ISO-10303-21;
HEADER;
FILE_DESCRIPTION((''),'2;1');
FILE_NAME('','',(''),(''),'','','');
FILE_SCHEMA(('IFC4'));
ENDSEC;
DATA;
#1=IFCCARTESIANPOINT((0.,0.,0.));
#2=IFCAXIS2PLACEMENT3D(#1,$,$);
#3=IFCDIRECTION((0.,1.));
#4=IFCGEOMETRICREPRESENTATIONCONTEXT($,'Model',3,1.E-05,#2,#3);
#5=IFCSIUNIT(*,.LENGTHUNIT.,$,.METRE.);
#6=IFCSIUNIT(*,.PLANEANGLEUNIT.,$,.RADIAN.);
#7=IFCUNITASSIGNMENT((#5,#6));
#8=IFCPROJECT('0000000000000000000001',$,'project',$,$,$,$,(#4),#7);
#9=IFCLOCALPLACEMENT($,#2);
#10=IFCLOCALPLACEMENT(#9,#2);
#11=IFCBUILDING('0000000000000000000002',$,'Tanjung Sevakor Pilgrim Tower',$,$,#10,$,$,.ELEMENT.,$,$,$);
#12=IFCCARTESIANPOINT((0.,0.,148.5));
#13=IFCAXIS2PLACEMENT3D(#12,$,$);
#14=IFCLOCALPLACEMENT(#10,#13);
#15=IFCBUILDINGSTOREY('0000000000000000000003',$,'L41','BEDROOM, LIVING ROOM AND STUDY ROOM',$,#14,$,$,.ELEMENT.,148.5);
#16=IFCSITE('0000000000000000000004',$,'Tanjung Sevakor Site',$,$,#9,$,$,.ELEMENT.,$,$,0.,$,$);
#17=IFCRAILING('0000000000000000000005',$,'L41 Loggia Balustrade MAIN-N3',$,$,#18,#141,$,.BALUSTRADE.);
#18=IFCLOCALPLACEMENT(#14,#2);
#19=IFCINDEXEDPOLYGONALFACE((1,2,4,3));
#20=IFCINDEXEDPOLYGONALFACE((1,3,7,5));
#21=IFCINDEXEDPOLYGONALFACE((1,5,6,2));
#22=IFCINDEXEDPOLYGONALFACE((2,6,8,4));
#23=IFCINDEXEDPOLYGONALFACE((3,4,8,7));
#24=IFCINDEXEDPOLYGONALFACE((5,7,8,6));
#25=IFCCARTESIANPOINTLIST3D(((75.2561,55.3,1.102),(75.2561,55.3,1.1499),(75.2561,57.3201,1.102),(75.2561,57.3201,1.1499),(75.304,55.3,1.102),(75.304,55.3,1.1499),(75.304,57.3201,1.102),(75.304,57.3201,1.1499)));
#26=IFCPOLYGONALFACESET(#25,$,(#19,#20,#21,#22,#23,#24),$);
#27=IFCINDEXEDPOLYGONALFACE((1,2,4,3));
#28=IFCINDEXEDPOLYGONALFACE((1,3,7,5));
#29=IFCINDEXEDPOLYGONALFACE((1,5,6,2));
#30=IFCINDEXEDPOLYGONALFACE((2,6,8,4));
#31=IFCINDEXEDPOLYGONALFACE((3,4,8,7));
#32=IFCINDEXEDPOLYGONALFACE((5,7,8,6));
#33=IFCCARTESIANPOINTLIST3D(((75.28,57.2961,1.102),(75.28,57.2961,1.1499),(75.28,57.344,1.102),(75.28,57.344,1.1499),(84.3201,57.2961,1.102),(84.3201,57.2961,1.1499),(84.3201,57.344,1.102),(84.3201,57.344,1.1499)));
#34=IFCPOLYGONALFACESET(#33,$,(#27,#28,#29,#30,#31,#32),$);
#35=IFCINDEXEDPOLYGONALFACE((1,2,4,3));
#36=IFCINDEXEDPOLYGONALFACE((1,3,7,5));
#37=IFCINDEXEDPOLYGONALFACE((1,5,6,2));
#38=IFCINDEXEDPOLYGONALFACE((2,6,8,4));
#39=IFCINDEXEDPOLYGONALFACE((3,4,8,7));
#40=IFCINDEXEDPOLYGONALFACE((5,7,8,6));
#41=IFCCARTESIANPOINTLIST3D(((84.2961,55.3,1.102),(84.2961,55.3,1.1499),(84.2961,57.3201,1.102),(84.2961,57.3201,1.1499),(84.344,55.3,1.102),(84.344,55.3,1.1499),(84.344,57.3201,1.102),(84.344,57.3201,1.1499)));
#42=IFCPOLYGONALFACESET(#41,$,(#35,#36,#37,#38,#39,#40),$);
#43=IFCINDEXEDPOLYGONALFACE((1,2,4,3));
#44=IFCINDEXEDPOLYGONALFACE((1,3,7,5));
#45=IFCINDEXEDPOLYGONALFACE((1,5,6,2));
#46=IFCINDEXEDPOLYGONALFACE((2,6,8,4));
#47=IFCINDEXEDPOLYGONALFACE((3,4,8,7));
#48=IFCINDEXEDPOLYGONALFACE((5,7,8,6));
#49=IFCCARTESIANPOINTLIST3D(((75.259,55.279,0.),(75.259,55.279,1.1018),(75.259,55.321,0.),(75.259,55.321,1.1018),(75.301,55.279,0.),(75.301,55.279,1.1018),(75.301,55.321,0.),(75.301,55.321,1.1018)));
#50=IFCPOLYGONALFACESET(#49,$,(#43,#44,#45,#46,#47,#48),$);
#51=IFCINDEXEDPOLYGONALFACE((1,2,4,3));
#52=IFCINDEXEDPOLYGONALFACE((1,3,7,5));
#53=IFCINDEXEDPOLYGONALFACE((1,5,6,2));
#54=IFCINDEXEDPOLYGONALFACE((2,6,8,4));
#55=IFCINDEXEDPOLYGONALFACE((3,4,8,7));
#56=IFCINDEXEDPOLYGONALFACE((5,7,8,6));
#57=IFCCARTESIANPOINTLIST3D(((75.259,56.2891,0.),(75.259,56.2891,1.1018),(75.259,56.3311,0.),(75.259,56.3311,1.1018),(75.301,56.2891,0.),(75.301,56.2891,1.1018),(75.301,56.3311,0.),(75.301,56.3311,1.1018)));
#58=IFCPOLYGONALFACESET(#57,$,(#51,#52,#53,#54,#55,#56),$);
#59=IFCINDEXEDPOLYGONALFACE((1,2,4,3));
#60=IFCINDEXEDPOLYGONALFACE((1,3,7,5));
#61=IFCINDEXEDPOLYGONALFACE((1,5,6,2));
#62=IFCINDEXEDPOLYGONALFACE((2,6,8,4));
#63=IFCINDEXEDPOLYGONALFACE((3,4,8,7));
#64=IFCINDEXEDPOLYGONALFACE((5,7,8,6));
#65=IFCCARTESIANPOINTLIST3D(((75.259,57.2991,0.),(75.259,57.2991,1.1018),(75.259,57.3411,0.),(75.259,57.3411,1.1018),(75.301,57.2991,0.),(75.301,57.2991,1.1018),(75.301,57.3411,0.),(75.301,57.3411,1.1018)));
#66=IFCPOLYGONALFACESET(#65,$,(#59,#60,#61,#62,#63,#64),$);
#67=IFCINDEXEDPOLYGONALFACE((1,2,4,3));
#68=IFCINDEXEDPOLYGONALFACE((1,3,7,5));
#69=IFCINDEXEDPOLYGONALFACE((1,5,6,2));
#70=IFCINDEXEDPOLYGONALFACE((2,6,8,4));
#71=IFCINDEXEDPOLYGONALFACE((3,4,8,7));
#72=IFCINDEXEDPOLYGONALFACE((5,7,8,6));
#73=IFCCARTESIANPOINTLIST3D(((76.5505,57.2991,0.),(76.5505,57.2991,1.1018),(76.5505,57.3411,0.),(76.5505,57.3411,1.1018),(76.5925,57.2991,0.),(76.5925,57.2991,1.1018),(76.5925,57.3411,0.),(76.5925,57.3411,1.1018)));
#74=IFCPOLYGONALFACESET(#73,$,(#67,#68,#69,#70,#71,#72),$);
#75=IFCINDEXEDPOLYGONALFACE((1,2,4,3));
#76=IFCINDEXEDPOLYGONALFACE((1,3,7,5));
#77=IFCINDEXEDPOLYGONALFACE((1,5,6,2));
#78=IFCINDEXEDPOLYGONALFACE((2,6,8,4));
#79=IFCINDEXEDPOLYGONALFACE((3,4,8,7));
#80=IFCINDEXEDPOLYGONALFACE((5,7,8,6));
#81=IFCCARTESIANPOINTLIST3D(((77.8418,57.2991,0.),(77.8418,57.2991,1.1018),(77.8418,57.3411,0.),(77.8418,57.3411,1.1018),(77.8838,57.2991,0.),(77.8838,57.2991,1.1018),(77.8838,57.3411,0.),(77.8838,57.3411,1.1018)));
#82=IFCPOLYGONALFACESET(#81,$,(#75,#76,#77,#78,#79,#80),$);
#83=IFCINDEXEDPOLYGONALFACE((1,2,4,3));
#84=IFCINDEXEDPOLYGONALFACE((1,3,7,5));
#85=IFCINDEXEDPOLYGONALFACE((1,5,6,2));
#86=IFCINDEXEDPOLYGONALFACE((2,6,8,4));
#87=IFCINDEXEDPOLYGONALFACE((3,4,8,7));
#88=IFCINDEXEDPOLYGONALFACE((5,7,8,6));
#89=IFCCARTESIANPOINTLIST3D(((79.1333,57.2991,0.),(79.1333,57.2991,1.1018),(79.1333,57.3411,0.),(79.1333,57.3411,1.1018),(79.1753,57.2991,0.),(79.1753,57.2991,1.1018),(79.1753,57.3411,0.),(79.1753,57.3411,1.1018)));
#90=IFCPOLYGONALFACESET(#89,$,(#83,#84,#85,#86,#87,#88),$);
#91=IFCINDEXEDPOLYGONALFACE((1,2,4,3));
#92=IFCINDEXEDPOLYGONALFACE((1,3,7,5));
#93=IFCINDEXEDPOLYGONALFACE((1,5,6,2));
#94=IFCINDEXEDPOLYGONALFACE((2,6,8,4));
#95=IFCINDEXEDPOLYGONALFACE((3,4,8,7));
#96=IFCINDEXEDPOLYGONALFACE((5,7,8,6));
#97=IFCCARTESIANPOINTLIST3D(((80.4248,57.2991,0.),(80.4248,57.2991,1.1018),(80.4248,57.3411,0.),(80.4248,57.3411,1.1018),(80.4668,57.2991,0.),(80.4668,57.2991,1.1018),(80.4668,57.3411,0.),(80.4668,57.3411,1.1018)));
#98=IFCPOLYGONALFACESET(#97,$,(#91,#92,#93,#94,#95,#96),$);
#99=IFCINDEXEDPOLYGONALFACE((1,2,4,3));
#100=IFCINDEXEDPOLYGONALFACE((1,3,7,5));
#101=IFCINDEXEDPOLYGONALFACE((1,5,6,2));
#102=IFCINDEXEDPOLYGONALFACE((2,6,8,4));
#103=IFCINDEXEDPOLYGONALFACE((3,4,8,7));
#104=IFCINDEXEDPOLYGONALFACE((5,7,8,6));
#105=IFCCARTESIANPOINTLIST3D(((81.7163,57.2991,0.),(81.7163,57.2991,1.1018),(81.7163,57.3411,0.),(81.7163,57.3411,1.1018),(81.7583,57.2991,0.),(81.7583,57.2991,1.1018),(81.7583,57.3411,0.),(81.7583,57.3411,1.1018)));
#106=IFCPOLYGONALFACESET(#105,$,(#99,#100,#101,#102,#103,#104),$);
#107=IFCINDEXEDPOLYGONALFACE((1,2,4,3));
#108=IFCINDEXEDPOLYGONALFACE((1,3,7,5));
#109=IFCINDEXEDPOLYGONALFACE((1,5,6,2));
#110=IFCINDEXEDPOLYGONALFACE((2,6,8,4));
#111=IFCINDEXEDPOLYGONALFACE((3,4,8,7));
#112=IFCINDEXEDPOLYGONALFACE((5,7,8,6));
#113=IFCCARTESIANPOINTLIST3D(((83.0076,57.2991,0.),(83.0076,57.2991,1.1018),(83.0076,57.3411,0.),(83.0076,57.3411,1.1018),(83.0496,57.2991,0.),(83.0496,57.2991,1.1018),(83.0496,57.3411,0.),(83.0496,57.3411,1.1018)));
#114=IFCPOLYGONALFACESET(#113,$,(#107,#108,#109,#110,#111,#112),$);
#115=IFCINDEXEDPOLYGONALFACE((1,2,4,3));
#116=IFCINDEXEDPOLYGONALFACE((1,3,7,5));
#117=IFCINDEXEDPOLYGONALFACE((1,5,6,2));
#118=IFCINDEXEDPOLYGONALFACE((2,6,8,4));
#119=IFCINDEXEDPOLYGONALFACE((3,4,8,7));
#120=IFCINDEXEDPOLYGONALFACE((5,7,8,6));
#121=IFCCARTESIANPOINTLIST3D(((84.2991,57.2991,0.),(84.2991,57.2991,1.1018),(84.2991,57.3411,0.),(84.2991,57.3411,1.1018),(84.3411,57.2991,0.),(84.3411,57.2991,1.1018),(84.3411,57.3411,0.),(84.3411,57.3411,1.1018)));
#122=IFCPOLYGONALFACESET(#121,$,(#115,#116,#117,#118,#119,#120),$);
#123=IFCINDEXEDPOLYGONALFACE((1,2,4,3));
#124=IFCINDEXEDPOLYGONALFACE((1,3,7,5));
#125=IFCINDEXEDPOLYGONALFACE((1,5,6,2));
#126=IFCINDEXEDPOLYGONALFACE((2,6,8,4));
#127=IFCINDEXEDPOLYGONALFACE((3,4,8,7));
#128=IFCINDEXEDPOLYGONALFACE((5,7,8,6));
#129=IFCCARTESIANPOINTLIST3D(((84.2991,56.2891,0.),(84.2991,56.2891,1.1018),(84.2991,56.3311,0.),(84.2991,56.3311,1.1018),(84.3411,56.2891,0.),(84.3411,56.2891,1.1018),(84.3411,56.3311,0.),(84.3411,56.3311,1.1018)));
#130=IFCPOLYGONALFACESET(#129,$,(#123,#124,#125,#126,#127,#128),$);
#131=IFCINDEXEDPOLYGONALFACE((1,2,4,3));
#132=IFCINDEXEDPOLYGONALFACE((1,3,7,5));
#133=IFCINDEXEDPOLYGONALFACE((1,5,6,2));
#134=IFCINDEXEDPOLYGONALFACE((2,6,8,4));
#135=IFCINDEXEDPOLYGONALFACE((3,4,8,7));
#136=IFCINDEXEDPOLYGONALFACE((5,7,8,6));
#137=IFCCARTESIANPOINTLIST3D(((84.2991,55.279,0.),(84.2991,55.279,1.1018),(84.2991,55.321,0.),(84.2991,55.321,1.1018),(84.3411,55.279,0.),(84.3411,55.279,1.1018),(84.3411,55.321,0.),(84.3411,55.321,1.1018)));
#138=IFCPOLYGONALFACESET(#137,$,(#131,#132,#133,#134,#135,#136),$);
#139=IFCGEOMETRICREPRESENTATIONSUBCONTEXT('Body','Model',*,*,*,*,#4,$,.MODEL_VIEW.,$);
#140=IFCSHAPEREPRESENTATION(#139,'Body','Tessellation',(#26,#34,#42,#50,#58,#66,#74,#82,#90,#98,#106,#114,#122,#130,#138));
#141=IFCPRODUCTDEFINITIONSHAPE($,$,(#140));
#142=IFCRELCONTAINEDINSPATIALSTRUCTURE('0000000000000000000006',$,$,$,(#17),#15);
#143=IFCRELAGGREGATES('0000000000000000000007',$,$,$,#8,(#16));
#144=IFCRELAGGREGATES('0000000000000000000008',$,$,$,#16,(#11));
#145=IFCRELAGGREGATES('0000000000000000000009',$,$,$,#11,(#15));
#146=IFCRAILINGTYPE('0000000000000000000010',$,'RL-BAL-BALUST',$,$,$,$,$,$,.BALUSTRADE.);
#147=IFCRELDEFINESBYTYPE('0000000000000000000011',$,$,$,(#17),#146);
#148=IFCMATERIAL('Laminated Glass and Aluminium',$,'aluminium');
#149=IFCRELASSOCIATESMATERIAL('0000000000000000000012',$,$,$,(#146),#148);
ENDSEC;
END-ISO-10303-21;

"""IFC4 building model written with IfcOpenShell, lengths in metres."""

from ifc_helpers import new_model, si_unit, direction, frame, origin, place, context, subcontext, project, spatial, rectangle, extrude, material, type_object, element, save


model = new_model("IFC4")

# Units and contexts
model_context = context("Model", 3, precision=1e-05, world=origin(), true_north=direction((0.0, 1.0)))
body_context = subcontext(model_context, "Body", "Model", "MODEL_VIEW")
ifc_project = project(units=[si_unit("LENGTHUNIT", "METRE"), si_unit("PLANEANGLEUNIT", "RADIAN")], contexts=[model_context])

# Site, building, storey
site_placement = place(None, origin())
site = spatial("IfcSite", under=ifc_project, at=site_placement, Name="Tanjung Sevakor Site", CompositionType="ELEMENT", RefElevation=0.0)
building_placement = place(site_placement, origin())
building = spatial("IfcBuilding", under=site, at=building_placement, Name="Tanjung Sevakor Pilgrim Tower", CompositionType="ELEMENT")
storey_placement = place(building_placement, frame((0.0, 0.0, 148.5)))
storey = spatial("IfcBuildingStorey", under=building, at=storey_placement, Name="L41", Description="BEDROOM, LIVING ROOM AND STUDY ROOM", CompositionType="ELEMENT", Elevation=148.5)

# Railing
ifc_material_1 = material(Name="Laminated Glass and Aluminium", Category="aluminium")
railing_type = type_object("IfcRailingType", Name="RL-BAL-BALUST", PredefinedType="BALUSTRADE", material=ifc_material_1)
railing_1_placement = place(storey_placement, frame((75.28, 55.3, 0.0)))
element("IfcRailing", 1, at=railing_1_placement, inside=storey, type_object=railing_type, Name="L41 Loggia Balustrade MAIN-N3", PredefinedType="BALUSTRADE", context=body_context, shape_type="SweptSolid", body=[
    extrude(rectangle(XDim=0.0479, YDim=0.0479), frame((0.0, 0.0, 1.126), z_axis=(0.0, 1.0, 0.0), x_axis=(-1.0, 0.0, 0.0)), (0.0, 0.0, 1.0), 2.02),
    extrude(rectangle(XDim=0.0479, YDim=0.0479), frame((0.0, 2.02, 1.126), z_axis=(1.0, 0.0, 0.0), x_axis=(0.0, 1.0, 0.0)), (0.0, 0.0, 1.0), 9.04),
    extrude(rectangle(XDim=0.0479, YDim=0.0479), frame((9.04, 2.02, 1.126), z_axis=(0.0, -1.0, 0.0), x_axis=(1.0, 0.0, 0.0)), (0.0, 0.0, 1.0), 2.02),
    extrude(rectangle(XDim=0.042, YDim=0.042), origin(), (0.0, 0.0, 1.0), 1.1018),
    extrude(rectangle(XDim=0.042, YDim=0.042), frame((0.0, 1.01, 0.0)), (0.0, 0.0, 1.0), 1.1018),
    extrude(rectangle(XDim=0.042, YDim=0.042), frame((0.0, 2.02, 0.0)), (0.0, 0.0, 1.0), 1.1018),
    extrude(rectangle(XDim=0.042, YDim=0.042), frame((1.2915, 2.02, 0.0)), (0.0, 0.0, 1.0), 1.1018),
    extrude(rectangle(XDim=0.042, YDim=0.042), frame((2.5828, 2.02, 0.0)), (0.0, 0.0, 1.0), 1.1018),
    extrude(rectangle(XDim=0.042, YDim=0.042), frame((3.8743, 2.02, 0.0)), (0.0, 0.0, 1.0), 1.1018),
    extrude(rectangle(XDim=0.042, YDim=0.042), frame((5.1658, 2.02, 0.0)), (0.0, 0.0, 1.0), 1.1018),
    extrude(rectangle(XDim=0.042, YDim=0.042), frame((6.4573, 2.02, 0.0)), (0.0, 0.0, 1.0), 1.1018),
    extrude(rectangle(XDim=0.042, YDim=0.042), frame((7.7485, 2.02, 0.0)), (0.0, 0.0, 1.0), 1.1018),
    extrude(rectangle(XDim=0.042, YDim=0.042), frame((9.04, 2.02, 0.0)), (0.0, 0.0, 1.0), 1.1018),
    extrude(rectangle(XDim=0.042, YDim=0.042), frame((9.04, 1.01, 0.0)), (0.0, 0.0, 1.0), 1.1018),
    extrude(rectangle(XDim=0.042, YDim=0.042), frame((9.04, 0.0, 0.0)), (0.0, 0.0, 1.0), 1.1018),
])

save(model, "model.ifc")
